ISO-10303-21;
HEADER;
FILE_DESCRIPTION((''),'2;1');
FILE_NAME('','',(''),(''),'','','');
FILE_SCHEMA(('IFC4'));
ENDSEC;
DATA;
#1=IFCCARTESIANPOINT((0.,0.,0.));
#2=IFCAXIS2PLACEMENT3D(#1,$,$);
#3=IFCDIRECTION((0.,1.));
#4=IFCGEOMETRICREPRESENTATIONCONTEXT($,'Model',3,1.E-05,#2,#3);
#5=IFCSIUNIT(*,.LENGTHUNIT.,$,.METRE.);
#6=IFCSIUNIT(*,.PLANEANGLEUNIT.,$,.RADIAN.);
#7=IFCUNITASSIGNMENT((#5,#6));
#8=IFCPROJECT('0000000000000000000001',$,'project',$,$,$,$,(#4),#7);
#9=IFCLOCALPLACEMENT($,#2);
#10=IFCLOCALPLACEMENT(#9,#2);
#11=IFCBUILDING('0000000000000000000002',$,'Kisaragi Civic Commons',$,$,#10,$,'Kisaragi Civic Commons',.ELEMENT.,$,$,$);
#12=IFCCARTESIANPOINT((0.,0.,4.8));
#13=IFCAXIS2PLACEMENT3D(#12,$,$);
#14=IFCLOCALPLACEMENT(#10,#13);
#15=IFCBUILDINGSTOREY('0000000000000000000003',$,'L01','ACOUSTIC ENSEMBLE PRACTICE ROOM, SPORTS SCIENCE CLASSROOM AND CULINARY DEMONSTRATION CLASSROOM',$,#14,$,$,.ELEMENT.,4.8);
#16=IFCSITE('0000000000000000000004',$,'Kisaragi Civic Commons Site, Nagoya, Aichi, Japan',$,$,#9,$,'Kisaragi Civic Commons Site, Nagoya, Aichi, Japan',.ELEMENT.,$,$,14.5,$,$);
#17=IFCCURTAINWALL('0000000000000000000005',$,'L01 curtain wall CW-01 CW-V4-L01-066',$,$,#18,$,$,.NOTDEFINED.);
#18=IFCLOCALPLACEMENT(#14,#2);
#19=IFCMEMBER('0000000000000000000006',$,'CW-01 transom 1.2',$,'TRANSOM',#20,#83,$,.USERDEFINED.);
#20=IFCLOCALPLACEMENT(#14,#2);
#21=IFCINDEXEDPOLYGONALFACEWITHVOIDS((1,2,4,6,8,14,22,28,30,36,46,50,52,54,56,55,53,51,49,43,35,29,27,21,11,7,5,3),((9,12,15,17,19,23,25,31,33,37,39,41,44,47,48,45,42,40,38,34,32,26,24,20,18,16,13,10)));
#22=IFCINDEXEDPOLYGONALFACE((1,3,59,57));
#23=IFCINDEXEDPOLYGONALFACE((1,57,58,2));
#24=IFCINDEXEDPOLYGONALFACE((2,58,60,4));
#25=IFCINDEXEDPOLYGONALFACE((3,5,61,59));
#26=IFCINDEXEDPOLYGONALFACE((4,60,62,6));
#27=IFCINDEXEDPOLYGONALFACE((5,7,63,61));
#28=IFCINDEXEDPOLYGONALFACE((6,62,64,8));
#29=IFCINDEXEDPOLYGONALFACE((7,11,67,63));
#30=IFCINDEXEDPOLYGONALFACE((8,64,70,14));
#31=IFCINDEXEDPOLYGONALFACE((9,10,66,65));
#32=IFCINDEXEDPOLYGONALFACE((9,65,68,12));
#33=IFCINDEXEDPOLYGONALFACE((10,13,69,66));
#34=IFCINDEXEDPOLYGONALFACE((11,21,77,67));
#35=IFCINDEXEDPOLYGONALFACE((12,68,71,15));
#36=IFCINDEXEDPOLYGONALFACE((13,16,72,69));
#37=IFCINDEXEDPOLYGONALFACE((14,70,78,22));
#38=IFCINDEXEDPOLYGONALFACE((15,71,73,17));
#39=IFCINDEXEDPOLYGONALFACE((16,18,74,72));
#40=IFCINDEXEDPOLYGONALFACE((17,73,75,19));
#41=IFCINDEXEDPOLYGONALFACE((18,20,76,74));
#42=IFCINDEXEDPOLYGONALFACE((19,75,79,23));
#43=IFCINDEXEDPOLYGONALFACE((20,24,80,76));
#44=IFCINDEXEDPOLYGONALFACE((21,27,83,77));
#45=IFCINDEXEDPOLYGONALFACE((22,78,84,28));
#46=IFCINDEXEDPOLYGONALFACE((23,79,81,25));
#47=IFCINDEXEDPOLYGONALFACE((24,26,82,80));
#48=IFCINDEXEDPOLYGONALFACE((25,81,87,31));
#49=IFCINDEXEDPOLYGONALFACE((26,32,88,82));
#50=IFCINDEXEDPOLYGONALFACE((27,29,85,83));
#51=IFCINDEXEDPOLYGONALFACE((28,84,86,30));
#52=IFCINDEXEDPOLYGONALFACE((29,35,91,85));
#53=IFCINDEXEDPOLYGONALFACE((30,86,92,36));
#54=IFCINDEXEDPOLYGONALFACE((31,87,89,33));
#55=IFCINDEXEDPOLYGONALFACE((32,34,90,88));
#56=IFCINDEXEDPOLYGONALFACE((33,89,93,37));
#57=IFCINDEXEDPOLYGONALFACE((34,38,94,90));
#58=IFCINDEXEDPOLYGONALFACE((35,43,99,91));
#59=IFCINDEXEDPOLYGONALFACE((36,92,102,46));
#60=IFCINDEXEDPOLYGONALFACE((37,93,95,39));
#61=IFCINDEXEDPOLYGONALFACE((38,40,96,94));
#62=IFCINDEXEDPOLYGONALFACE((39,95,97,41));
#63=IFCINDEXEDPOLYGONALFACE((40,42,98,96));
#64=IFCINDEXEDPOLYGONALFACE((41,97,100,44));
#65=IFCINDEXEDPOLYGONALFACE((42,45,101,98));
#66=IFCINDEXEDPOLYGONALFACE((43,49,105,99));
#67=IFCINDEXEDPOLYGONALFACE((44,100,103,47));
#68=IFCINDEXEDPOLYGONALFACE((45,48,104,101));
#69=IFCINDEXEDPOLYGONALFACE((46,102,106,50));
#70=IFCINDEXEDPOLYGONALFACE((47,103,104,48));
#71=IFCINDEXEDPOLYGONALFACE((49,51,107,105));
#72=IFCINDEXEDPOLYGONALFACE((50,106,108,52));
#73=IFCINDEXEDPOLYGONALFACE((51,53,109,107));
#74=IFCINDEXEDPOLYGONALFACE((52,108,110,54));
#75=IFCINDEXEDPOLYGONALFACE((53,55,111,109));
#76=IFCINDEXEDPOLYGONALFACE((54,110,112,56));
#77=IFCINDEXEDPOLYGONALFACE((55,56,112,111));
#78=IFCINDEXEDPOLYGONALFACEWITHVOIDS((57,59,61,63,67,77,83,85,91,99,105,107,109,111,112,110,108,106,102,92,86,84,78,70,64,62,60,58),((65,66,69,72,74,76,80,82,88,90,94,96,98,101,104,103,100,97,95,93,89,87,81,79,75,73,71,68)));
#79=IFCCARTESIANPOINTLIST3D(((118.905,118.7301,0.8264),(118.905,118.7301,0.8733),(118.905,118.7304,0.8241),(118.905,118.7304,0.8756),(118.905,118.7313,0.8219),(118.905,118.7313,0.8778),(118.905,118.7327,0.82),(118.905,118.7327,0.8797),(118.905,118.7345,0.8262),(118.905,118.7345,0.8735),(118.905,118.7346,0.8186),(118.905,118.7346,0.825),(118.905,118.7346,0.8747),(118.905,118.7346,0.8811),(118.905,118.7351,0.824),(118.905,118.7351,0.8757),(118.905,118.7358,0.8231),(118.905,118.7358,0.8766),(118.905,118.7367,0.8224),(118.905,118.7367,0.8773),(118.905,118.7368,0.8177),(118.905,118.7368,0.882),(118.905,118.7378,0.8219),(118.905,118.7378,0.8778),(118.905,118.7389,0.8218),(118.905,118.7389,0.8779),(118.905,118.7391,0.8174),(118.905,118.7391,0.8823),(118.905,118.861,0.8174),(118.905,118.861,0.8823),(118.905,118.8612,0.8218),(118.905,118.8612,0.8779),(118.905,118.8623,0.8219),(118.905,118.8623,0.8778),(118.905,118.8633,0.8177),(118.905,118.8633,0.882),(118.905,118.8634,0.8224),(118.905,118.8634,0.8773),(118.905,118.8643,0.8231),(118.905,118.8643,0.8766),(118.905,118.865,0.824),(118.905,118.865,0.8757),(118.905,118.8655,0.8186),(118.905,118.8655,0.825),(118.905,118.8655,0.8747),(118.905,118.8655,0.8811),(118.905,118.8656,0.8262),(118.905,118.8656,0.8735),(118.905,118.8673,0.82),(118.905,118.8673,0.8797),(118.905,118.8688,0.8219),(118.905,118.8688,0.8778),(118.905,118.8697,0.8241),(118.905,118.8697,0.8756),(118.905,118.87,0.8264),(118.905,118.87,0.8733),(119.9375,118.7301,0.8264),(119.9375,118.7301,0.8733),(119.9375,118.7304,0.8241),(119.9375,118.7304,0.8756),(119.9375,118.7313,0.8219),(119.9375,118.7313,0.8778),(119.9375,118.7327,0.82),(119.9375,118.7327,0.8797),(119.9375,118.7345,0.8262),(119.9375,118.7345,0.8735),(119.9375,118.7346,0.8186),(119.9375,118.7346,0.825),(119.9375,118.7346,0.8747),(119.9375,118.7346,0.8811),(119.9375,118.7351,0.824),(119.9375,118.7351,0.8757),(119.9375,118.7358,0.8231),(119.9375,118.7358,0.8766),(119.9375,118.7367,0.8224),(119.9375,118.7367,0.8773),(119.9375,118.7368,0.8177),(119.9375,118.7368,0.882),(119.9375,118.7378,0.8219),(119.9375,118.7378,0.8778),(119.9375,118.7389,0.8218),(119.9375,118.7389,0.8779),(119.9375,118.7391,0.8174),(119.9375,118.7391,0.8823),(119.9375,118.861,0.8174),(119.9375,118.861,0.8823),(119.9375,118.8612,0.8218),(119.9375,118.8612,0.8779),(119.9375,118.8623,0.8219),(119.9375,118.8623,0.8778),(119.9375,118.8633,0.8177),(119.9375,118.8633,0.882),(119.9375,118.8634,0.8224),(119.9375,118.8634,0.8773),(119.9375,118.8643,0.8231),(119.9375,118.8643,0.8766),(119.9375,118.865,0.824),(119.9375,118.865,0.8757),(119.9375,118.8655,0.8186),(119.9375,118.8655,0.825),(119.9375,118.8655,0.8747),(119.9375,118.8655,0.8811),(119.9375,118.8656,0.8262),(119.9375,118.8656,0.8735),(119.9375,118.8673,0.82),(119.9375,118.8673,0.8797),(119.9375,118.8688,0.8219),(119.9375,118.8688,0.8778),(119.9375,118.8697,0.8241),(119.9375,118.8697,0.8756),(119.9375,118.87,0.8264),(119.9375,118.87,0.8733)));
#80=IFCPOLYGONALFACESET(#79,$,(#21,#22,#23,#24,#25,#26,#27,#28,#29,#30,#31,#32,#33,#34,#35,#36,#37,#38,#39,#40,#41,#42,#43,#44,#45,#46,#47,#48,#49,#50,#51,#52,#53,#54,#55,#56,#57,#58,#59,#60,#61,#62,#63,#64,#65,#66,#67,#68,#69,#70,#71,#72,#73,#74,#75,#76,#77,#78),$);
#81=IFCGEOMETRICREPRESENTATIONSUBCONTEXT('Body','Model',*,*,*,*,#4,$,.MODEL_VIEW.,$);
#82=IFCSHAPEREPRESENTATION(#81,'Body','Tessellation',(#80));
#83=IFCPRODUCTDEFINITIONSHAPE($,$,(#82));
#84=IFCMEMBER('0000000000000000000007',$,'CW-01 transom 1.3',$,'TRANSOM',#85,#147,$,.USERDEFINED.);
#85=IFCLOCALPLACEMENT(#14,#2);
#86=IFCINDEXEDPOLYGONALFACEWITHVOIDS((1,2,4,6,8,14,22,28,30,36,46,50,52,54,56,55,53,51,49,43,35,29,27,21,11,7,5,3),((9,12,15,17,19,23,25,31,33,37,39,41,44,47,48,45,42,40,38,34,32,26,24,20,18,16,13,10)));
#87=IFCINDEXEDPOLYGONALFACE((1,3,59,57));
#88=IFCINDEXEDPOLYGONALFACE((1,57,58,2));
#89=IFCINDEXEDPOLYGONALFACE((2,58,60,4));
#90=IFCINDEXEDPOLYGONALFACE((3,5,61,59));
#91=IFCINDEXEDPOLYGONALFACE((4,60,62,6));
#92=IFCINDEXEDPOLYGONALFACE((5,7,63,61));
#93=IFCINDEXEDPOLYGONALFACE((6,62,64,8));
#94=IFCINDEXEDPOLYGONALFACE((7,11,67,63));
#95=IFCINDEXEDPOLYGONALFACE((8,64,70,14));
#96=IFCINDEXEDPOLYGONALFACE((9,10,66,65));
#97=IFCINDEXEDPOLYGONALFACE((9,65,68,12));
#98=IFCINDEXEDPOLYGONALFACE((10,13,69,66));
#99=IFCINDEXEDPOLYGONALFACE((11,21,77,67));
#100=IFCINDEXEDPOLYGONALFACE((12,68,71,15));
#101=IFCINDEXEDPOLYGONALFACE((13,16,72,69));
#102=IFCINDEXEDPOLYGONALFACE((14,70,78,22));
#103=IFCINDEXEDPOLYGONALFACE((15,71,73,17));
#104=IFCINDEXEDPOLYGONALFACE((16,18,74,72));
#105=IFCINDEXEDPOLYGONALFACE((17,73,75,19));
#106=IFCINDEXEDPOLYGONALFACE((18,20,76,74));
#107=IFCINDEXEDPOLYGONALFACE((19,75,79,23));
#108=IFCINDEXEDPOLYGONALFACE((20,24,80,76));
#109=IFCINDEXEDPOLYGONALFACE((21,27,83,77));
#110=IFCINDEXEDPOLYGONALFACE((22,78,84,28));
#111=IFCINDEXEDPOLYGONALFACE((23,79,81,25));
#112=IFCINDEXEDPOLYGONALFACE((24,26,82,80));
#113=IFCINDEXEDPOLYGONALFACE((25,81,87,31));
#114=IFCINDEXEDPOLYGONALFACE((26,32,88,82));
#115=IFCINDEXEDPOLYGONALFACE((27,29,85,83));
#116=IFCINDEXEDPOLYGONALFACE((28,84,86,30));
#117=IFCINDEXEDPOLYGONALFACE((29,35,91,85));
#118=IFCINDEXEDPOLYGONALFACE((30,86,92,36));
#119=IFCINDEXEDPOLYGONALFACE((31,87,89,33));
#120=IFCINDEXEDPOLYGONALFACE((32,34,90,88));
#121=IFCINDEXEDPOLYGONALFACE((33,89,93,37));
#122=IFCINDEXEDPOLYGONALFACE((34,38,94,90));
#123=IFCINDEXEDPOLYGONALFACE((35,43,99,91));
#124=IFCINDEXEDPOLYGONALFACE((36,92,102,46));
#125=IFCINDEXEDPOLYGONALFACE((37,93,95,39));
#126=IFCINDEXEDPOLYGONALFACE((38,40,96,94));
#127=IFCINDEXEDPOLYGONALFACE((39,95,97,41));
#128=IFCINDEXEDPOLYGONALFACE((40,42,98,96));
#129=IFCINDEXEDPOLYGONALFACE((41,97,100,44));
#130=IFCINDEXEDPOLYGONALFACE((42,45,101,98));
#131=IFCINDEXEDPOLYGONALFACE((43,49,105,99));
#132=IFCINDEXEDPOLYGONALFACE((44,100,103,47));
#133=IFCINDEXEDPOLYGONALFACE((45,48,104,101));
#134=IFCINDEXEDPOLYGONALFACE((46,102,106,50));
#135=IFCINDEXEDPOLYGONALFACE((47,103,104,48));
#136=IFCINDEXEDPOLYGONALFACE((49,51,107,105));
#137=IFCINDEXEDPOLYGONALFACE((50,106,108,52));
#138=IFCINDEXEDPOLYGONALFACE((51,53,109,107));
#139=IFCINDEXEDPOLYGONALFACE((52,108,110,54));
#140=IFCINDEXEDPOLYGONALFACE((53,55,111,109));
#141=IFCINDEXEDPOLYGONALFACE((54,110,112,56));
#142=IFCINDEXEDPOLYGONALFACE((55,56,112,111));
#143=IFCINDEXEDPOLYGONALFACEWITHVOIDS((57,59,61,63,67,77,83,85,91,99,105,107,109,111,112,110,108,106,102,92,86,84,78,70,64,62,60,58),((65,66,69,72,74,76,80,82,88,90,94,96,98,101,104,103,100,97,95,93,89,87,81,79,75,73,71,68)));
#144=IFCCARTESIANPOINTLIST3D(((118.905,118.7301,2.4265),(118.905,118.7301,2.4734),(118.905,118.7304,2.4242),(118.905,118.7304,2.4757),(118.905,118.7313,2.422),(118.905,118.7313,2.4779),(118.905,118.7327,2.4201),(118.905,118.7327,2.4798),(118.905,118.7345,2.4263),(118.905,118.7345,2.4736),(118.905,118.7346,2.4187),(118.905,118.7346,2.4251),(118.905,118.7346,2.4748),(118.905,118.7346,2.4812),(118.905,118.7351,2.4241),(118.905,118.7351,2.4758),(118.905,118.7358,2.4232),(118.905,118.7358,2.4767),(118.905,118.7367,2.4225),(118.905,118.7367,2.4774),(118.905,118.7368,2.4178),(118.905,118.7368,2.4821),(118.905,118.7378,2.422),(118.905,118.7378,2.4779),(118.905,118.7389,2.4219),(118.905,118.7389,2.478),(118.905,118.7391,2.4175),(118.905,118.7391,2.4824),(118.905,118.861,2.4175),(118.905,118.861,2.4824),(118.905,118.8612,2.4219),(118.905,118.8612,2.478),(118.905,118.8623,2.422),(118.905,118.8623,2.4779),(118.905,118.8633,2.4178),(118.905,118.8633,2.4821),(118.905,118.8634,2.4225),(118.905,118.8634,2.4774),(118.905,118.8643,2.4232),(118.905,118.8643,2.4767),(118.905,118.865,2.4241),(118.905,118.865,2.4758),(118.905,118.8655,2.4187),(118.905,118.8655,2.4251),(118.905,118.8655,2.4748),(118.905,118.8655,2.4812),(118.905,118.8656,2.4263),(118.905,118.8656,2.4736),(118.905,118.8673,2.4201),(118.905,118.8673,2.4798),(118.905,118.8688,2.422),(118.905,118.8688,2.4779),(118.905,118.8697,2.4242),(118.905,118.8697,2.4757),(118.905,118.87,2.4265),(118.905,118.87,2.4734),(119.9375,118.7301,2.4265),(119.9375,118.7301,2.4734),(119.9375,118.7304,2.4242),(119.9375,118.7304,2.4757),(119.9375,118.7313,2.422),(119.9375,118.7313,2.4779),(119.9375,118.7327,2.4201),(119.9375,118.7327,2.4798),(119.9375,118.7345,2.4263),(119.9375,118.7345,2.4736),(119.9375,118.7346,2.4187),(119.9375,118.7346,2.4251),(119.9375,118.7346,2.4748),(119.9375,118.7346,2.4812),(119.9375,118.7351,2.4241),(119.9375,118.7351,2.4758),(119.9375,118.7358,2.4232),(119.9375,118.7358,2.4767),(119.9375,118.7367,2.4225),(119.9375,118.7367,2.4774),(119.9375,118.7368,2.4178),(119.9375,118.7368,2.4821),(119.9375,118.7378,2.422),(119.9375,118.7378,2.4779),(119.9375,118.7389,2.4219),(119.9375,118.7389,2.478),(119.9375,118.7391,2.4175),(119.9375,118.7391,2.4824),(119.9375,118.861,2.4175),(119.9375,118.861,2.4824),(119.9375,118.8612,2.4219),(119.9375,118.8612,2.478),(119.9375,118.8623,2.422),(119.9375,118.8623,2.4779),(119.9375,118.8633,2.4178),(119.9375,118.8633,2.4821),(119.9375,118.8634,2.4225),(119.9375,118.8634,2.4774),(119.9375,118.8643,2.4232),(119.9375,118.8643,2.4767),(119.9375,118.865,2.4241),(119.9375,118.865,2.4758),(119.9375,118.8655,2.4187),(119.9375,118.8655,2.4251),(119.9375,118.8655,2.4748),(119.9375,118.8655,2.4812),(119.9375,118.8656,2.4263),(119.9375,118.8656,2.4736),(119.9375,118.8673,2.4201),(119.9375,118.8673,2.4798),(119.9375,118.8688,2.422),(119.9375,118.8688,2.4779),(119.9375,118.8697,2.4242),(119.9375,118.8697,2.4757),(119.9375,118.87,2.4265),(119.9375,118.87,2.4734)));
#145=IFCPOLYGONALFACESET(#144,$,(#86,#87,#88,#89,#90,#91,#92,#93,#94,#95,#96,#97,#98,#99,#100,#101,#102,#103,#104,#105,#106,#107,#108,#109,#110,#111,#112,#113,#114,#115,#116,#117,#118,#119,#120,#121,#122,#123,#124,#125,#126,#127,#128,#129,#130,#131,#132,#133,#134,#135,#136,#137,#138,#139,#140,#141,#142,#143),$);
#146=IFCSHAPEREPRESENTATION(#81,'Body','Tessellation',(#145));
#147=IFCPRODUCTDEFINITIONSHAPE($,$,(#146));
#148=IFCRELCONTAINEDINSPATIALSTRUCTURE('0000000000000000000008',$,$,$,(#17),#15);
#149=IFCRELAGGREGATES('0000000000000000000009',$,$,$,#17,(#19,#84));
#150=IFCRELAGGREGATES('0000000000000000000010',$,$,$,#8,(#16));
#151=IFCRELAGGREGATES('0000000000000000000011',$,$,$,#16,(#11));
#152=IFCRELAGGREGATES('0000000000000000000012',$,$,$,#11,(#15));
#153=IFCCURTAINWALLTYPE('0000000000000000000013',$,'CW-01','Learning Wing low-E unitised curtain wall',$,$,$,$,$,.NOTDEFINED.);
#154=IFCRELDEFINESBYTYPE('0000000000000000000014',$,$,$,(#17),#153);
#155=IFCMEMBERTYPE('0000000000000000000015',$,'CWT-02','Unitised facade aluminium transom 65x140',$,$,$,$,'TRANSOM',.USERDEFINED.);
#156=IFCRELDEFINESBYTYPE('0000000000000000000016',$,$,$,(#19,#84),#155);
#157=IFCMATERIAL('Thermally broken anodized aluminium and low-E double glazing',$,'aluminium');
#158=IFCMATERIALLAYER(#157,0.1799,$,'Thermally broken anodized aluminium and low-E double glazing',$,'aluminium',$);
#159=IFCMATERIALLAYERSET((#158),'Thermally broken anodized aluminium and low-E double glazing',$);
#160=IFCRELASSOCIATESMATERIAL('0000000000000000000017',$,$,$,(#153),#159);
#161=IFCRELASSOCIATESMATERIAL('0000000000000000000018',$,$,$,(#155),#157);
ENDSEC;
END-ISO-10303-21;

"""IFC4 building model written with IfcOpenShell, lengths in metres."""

from ifc_helpers import new_model, si_unit, direction, frame, origin, origin_2d, place, context, subcontext, project, spatial, hollow_rectangle, extrude, material, layer, layer_set, material_profile, profile_set, type_object, element, aggregate, save


model = new_model("IFC4")

# Units and contexts
model_context = context("Model", 3, precision=1e-05, world=origin(), true_north=direction((0.0, 1.0)))
body_context = subcontext(model_context, "Body", "Model", "MODEL_VIEW")
ifc_project = project(units=[si_unit("LENGTHUNIT", "METRE"), si_unit("PLANEANGLEUNIT", "RADIAN")], contexts=[model_context])

# Site, building, storey
site_placement = place(None, origin())
site = spatial("IfcSite", under=ifc_project, at=site_placement, Name="Kisaragi Civic Commons Site, Nagoya, Aichi, Japan", LongName="Kisaragi Civic Commons Site, Nagoya, Aichi, Japan", CompositionType="ELEMENT", RefElevation=14.5)
building_placement = place(site_placement, origin())
building = spatial("IfcBuilding", under=site, at=building_placement, Name="Kisaragi Civic Commons", LongName="Kisaragi Civic Commons", CompositionType="ELEMENT")
storey_placement = place(building_placement, frame((0.0, 0.0, 4.8)))
storey = spatial("IfcBuildingStorey", under=building, at=storey_placement, Name="L01", Description="ACOUSTIC ENSEMBLE PRACTICE ROOM, SPORTS SCIENCE CLASSROOM AND CULINARY DEMONSTRATION CLASSROOM", CompositionType="ELEMENT", Elevation=4.8)

# Shared definitions
ifc_material_1 = material(Name="Thermally broken anodized aluminium and low-E double glazing", Category="aluminium")
ifc_layer_1 = layer(ifc_material_1, 0.1799, Name="Thermally broken anodized aluminium and low-E double glazing", Category="aluminium")
ifc_layer_set_1 = layer_set([ifc_layer_1], Name="Thermally broken anodized aluminium and low-E double glazing")
curtain_wall_type = type_object("IfcCurtainWallType", Name="CW-01", Description="Learning Wing low-E unitised curtain wall", PredefinedType="NOTDEFINED", material=ifc_layer_set_1)

# Curtain wall, members
curtain_wall_1_placement = place(storey_placement, origin())
curtain_wall_1 = element("IfcCurtainWall", 1, at=curtain_wall_1_placement, inside=storey, type_object=curtain_wall_type, Name="L01 curtain wall CW-01 CW-V4-L01-066", PredefinedType="NOTDEFINED")
ifc_material_profile_1 = material_profile(ifc_material_1, hollow_rectangle(XDim=0.1399, YDim=0.0649, WallThickness=0.0044, InnerFilletRadius=0.0044, OuterFilletRadius=0.009, at=origin_2d()), Name="CWT-65x140x4.5", Category="aluminium")
ifc_profile_set_1 = profile_set([ifc_material_profile_1], Name="Thermally broken anodized aluminium and low-E double glazing")
member_type_1 = type_object("IfcMemberType", Name="CWT-02", Description="Unitised facade aluminium transom 65x140", ElementType="TRANSOM", PredefinedType="USERDEFINED", material=ifc_profile_set_1)
member_1_placement = place(storey_placement, frame((118.905, 118.8, 0.8499), z_axis=(1.0, 0.0, 0.0), x_axis=(0.0, 1.0, 0.0)))
member_1 = element("IfcMember", 2, at=member_1_placement, type_object=member_type_1, Name="CW-01 transom 1.2", ObjectType="TRANSOM", PredefinedType="USERDEFINED", context=body_context, shape_type="SweptSolid", body=[
    extrude(hollow_rectangle(XDim=0.1399, YDim=0.0649, WallThickness=0.0044, InnerFilletRadius=0.0044, OuterFilletRadius=0.009, at=origin_2d()), origin(), (0.0, 0.0, 1.0), 1.0325),
])
member_2_placement = place(storey_placement, frame((118.905, 118.8, 2.45), z_axis=(1.0, 0.0, 0.0), x_axis=(0.0, 1.0, 0.0)))
member_2 = element("IfcMember", 3, at=member_2_placement, type_object=member_type_1, Name="CW-01 transom 1.3", ObjectType="TRANSOM", PredefinedType="USERDEFINED", context=body_context, shape_type="SweptSolid", body=[
    extrude(hollow_rectangle(XDim=0.1399, YDim=0.0649, WallThickness=0.0044, InnerFilletRadius=0.0044, OuterFilletRadius=0.009, at=origin_2d()), origin(), (0.0, 0.0, 1.0), 1.0325),
])

aggregate(curtain_wall_1, [member_1, member_2])

save(model, "model.ifc")
